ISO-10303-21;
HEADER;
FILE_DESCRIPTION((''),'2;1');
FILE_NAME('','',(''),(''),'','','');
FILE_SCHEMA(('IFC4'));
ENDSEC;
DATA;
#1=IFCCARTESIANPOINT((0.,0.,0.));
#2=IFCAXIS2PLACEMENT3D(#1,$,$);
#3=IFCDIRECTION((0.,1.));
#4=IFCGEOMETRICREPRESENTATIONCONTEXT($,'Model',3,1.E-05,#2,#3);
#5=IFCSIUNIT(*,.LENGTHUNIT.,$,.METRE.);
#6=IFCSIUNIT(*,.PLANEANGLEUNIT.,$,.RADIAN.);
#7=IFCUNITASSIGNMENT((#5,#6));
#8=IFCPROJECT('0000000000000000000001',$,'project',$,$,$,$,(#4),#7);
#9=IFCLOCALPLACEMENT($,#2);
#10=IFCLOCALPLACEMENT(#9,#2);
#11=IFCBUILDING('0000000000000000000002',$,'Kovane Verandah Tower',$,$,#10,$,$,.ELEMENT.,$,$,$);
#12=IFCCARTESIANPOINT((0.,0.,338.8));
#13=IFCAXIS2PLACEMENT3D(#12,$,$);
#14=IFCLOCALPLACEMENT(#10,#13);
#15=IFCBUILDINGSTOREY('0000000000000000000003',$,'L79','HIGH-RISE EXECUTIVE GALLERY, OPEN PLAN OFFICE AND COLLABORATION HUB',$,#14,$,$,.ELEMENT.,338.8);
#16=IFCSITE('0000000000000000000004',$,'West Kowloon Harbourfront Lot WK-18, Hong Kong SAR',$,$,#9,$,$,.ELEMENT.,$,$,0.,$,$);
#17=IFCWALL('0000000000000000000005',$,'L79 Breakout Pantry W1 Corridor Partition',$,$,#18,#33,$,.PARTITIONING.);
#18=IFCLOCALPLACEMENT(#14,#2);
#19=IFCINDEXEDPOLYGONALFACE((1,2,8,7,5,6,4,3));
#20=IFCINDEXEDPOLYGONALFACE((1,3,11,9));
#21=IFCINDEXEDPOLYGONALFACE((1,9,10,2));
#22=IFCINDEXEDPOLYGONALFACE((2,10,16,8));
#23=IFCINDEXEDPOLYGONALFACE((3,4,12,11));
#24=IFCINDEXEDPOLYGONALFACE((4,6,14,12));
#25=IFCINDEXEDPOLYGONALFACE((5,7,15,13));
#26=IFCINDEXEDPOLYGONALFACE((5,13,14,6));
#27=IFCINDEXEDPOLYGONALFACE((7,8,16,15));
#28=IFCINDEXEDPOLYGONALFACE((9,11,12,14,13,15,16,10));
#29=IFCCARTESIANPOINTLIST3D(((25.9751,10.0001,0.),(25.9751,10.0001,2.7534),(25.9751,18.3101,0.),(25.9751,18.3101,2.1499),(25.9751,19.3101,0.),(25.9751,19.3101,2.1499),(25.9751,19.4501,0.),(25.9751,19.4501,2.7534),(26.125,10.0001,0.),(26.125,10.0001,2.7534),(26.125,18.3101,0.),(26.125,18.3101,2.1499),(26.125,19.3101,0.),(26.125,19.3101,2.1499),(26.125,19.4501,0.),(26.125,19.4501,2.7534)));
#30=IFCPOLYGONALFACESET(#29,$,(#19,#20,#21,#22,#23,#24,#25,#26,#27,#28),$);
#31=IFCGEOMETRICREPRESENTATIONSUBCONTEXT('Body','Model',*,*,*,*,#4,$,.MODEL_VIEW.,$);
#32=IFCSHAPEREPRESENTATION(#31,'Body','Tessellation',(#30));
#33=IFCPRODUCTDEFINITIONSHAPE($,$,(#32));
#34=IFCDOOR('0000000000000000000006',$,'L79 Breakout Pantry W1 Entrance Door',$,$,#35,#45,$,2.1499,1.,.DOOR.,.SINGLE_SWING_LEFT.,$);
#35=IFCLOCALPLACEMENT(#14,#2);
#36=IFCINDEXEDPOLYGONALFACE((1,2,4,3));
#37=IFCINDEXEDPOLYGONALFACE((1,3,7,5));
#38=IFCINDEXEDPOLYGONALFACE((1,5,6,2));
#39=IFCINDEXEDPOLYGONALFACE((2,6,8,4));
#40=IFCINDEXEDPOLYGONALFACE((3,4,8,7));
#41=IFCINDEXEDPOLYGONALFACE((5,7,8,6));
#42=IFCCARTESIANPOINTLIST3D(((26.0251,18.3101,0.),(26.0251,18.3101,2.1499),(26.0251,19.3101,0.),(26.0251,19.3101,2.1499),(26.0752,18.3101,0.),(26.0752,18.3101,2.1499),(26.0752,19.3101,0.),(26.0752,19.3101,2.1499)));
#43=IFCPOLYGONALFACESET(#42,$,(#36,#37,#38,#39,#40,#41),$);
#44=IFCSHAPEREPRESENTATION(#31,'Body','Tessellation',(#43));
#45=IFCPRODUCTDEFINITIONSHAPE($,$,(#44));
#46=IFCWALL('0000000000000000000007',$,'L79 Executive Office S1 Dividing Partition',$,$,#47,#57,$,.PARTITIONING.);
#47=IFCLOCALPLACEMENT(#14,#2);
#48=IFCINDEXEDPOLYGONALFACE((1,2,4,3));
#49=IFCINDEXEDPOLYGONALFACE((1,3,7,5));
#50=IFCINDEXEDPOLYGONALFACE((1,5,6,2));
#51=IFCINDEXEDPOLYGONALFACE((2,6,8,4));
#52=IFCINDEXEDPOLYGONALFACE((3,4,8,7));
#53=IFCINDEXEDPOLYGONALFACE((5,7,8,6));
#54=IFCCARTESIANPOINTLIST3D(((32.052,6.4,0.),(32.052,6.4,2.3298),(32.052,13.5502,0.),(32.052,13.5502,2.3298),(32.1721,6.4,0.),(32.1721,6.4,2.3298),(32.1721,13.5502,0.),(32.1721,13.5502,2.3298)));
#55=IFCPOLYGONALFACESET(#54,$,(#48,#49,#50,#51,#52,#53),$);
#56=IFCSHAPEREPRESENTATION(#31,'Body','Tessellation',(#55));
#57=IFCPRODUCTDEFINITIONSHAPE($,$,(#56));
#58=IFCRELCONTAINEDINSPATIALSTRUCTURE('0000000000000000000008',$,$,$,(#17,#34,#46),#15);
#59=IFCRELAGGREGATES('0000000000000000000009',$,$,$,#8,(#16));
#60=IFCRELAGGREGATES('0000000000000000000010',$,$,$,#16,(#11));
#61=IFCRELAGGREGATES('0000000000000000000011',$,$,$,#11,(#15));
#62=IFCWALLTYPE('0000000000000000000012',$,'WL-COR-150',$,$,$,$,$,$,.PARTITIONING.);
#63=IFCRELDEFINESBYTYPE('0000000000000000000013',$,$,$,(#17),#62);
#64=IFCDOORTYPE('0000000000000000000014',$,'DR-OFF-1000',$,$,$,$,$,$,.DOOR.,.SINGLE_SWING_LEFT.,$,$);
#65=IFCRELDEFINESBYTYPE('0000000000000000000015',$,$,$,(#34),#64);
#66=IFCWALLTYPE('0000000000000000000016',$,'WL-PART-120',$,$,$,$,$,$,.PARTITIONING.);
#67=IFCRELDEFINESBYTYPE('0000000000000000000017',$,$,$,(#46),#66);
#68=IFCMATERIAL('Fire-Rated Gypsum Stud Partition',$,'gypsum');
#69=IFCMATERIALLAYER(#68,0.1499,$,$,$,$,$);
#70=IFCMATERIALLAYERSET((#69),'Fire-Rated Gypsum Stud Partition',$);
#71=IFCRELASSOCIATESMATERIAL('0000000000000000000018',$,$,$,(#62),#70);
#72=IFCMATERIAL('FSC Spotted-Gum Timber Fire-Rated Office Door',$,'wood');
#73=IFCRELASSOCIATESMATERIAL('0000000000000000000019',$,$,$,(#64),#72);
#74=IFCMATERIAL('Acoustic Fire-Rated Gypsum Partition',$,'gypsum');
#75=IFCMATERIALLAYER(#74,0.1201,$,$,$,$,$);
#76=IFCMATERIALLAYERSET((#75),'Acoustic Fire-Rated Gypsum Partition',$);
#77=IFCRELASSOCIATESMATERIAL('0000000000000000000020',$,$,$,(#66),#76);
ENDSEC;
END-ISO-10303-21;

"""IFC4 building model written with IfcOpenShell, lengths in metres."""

from ifc_helpers import new_model, si_unit, direction, frame, frame_2d, origin, place, context, subcontext, project, spatial, rectangle, extrude, material, layer, layer_set, type_object, element, fill, save


model = new_model("IFC4")

# Units and contexts
model_context = context("Model", 3, precision=1e-05, world=origin(), true_north=direction((0.0, 1.0)))
body_context = subcontext(model_context, "Body", "Model", "MODEL_VIEW")
ifc_project = project(units=[si_unit("LENGTHUNIT", "METRE"), si_unit("PLANEANGLEUNIT", "RADIAN")], contexts=[model_context])

# Site, building, storey
site_placement = place(None, origin())
site = spatial("IfcSite", under=ifc_project, at=site_placement, Name="West Kowloon Harbourfront Lot WK-18, Hong Kong SAR", CompositionType="ELEMENT", RefElevation=0.0)
building_placement = place(site_placement, origin())
building = spatial("IfcBuilding", under=site, at=building_placement, Name="Kovane Verandah Tower", CompositionType="ELEMENT")
storey_placement = place(building_placement, frame((0.0, 0.0, 338.8)))
storey = spatial("IfcBuildingStorey", under=building, at=storey_placement, Name="L79", Description="HIGH-RISE EXECUTIVE GALLERY, OPEN PLAN OFFICE AND COLLABORATION HUB", CompositionType="ELEMENT", Elevation=338.8)

# Wall, opening, door
ifc_material_1 = material(Name="Fire-Rated Gypsum Stud Partition", Category="gypsum")
ifc_layer_1 = layer(ifc_material_1, 0.1499)
ifc_layer_set_1 = layer_set([ifc_layer_1], Name="Fire-Rated Gypsum Stud Partition")
wall_type_1 = type_object("IfcWallType", Name="WL-COR-150", PredefinedType="PARTITIONING", material=ifc_layer_set_1)
wall_1_placement = place(storey_placement, frame((26.05, 10.0, 0.0), z_axis=(0.0, 0.0, 1.0), x_axis=(0.0, 1.0, 0.0)))
wall_1 = element("IfcWall", 1, at=wall_1_placement, inside=storey, type_object=wall_type_1, Name="L79 Breakout Pantry W1 Corridor Partition", PredefinedType="PARTITIONING", context=body_context, shape_type="SweptSolid", body=[
    extrude(rectangle(XDim=9.45, YDim=0.1499, at=frame_2d((4.7251, 0.0))), origin(), (0.0, 0.0, 1.0), 2.7534),
])
opening_1_placement = place(wall_1_placement, frame((8.3101, 0.0, 0.0)))
opening_1 = element("IfcOpeningElement", 2, at=opening_1_placement, cuts=wall_1, PredefinedType="OPENING", context=body_context, shape_type="SweptSolid", body=[
    extrude(rectangle(XDim=1.0, YDim=2.1499, at=frame_2d((0.5, 1.075))), frame((0.0, 0.075, 0.0), z_axis=(0.0, -1.0, 0.0), x_axis=(1.0, 0.0, 0.0)), (0.0, 0.0, 1.0), 0.1499),
])
ifc_material_2 = material(Name="FSC Spotted-Gum Timber Fire-Rated Office Door", Category="wood")
door_type_1 = type_object("IfcDoorType", Name="DR-OFF-1000", OperationType="SINGLE_SWING_LEFT", PredefinedType="DOOR", material=ifc_material_2)
door_1_placement = place(opening_1_placement, origin())
door_1 = element("IfcDoor", 3, at=door_1_placement, inside=storey, type_object=door_type_1, Name="L79 Breakout Pantry W1 Entrance Door", OperationType="SINGLE_SWING_LEFT", OverallHeight=2.1499, OverallWidth=1.0, PredefinedType="DOOR", context=body_context, shape_type="SweptSolid", body=[
    extrude(rectangle(XDim=1.0, YDim=2.1499, at=frame_2d((0.5, 1.075))), frame((0.0, 0.0249, 0.0), z_axis=(0.0, -1.0, 0.0), x_axis=(1.0, 0.0, 0.0)), (0.0, 0.0, 1.0), 0.05),
])
fill(opening_1, door_1)

# Wall
ifc_material_3 = material(Name="Acoustic Fire-Rated Gypsum Partition", Category="gypsum")
ifc_layer_2 = layer(ifc_material_3, 0.1201)
ifc_layer_set_2 = layer_set([ifc_layer_2], Name="Acoustic Fire-Rated Gypsum Partition")
wall_type_2 = type_object("IfcWallType", Name="WL-PART-120", PredefinedType="PARTITIONING", material=ifc_layer_set_2)
wall_2_placement = place(storey_placement, frame((32.1121, 6.3999, 0.0), z_axis=(0.0, 0.0, 1.0), x_axis=(0.0, 1.0, 0.0)))
element("IfcWall", 4, at=wall_2_placement, inside=storey, type_object=wall_type_2, Name="L79 Executive Office S1 Dividing Partition", PredefinedType="PARTITIONING", context=body_context, shape_type="SweptSolid", body=[
    extrude(rectangle(XDim=7.1501, YDim=0.1201, at=frame_2d((3.5752, 0.0))), origin(), (0.0, 0.0, 1.0), 2.3298),
])

save(model, "model.ifc")
